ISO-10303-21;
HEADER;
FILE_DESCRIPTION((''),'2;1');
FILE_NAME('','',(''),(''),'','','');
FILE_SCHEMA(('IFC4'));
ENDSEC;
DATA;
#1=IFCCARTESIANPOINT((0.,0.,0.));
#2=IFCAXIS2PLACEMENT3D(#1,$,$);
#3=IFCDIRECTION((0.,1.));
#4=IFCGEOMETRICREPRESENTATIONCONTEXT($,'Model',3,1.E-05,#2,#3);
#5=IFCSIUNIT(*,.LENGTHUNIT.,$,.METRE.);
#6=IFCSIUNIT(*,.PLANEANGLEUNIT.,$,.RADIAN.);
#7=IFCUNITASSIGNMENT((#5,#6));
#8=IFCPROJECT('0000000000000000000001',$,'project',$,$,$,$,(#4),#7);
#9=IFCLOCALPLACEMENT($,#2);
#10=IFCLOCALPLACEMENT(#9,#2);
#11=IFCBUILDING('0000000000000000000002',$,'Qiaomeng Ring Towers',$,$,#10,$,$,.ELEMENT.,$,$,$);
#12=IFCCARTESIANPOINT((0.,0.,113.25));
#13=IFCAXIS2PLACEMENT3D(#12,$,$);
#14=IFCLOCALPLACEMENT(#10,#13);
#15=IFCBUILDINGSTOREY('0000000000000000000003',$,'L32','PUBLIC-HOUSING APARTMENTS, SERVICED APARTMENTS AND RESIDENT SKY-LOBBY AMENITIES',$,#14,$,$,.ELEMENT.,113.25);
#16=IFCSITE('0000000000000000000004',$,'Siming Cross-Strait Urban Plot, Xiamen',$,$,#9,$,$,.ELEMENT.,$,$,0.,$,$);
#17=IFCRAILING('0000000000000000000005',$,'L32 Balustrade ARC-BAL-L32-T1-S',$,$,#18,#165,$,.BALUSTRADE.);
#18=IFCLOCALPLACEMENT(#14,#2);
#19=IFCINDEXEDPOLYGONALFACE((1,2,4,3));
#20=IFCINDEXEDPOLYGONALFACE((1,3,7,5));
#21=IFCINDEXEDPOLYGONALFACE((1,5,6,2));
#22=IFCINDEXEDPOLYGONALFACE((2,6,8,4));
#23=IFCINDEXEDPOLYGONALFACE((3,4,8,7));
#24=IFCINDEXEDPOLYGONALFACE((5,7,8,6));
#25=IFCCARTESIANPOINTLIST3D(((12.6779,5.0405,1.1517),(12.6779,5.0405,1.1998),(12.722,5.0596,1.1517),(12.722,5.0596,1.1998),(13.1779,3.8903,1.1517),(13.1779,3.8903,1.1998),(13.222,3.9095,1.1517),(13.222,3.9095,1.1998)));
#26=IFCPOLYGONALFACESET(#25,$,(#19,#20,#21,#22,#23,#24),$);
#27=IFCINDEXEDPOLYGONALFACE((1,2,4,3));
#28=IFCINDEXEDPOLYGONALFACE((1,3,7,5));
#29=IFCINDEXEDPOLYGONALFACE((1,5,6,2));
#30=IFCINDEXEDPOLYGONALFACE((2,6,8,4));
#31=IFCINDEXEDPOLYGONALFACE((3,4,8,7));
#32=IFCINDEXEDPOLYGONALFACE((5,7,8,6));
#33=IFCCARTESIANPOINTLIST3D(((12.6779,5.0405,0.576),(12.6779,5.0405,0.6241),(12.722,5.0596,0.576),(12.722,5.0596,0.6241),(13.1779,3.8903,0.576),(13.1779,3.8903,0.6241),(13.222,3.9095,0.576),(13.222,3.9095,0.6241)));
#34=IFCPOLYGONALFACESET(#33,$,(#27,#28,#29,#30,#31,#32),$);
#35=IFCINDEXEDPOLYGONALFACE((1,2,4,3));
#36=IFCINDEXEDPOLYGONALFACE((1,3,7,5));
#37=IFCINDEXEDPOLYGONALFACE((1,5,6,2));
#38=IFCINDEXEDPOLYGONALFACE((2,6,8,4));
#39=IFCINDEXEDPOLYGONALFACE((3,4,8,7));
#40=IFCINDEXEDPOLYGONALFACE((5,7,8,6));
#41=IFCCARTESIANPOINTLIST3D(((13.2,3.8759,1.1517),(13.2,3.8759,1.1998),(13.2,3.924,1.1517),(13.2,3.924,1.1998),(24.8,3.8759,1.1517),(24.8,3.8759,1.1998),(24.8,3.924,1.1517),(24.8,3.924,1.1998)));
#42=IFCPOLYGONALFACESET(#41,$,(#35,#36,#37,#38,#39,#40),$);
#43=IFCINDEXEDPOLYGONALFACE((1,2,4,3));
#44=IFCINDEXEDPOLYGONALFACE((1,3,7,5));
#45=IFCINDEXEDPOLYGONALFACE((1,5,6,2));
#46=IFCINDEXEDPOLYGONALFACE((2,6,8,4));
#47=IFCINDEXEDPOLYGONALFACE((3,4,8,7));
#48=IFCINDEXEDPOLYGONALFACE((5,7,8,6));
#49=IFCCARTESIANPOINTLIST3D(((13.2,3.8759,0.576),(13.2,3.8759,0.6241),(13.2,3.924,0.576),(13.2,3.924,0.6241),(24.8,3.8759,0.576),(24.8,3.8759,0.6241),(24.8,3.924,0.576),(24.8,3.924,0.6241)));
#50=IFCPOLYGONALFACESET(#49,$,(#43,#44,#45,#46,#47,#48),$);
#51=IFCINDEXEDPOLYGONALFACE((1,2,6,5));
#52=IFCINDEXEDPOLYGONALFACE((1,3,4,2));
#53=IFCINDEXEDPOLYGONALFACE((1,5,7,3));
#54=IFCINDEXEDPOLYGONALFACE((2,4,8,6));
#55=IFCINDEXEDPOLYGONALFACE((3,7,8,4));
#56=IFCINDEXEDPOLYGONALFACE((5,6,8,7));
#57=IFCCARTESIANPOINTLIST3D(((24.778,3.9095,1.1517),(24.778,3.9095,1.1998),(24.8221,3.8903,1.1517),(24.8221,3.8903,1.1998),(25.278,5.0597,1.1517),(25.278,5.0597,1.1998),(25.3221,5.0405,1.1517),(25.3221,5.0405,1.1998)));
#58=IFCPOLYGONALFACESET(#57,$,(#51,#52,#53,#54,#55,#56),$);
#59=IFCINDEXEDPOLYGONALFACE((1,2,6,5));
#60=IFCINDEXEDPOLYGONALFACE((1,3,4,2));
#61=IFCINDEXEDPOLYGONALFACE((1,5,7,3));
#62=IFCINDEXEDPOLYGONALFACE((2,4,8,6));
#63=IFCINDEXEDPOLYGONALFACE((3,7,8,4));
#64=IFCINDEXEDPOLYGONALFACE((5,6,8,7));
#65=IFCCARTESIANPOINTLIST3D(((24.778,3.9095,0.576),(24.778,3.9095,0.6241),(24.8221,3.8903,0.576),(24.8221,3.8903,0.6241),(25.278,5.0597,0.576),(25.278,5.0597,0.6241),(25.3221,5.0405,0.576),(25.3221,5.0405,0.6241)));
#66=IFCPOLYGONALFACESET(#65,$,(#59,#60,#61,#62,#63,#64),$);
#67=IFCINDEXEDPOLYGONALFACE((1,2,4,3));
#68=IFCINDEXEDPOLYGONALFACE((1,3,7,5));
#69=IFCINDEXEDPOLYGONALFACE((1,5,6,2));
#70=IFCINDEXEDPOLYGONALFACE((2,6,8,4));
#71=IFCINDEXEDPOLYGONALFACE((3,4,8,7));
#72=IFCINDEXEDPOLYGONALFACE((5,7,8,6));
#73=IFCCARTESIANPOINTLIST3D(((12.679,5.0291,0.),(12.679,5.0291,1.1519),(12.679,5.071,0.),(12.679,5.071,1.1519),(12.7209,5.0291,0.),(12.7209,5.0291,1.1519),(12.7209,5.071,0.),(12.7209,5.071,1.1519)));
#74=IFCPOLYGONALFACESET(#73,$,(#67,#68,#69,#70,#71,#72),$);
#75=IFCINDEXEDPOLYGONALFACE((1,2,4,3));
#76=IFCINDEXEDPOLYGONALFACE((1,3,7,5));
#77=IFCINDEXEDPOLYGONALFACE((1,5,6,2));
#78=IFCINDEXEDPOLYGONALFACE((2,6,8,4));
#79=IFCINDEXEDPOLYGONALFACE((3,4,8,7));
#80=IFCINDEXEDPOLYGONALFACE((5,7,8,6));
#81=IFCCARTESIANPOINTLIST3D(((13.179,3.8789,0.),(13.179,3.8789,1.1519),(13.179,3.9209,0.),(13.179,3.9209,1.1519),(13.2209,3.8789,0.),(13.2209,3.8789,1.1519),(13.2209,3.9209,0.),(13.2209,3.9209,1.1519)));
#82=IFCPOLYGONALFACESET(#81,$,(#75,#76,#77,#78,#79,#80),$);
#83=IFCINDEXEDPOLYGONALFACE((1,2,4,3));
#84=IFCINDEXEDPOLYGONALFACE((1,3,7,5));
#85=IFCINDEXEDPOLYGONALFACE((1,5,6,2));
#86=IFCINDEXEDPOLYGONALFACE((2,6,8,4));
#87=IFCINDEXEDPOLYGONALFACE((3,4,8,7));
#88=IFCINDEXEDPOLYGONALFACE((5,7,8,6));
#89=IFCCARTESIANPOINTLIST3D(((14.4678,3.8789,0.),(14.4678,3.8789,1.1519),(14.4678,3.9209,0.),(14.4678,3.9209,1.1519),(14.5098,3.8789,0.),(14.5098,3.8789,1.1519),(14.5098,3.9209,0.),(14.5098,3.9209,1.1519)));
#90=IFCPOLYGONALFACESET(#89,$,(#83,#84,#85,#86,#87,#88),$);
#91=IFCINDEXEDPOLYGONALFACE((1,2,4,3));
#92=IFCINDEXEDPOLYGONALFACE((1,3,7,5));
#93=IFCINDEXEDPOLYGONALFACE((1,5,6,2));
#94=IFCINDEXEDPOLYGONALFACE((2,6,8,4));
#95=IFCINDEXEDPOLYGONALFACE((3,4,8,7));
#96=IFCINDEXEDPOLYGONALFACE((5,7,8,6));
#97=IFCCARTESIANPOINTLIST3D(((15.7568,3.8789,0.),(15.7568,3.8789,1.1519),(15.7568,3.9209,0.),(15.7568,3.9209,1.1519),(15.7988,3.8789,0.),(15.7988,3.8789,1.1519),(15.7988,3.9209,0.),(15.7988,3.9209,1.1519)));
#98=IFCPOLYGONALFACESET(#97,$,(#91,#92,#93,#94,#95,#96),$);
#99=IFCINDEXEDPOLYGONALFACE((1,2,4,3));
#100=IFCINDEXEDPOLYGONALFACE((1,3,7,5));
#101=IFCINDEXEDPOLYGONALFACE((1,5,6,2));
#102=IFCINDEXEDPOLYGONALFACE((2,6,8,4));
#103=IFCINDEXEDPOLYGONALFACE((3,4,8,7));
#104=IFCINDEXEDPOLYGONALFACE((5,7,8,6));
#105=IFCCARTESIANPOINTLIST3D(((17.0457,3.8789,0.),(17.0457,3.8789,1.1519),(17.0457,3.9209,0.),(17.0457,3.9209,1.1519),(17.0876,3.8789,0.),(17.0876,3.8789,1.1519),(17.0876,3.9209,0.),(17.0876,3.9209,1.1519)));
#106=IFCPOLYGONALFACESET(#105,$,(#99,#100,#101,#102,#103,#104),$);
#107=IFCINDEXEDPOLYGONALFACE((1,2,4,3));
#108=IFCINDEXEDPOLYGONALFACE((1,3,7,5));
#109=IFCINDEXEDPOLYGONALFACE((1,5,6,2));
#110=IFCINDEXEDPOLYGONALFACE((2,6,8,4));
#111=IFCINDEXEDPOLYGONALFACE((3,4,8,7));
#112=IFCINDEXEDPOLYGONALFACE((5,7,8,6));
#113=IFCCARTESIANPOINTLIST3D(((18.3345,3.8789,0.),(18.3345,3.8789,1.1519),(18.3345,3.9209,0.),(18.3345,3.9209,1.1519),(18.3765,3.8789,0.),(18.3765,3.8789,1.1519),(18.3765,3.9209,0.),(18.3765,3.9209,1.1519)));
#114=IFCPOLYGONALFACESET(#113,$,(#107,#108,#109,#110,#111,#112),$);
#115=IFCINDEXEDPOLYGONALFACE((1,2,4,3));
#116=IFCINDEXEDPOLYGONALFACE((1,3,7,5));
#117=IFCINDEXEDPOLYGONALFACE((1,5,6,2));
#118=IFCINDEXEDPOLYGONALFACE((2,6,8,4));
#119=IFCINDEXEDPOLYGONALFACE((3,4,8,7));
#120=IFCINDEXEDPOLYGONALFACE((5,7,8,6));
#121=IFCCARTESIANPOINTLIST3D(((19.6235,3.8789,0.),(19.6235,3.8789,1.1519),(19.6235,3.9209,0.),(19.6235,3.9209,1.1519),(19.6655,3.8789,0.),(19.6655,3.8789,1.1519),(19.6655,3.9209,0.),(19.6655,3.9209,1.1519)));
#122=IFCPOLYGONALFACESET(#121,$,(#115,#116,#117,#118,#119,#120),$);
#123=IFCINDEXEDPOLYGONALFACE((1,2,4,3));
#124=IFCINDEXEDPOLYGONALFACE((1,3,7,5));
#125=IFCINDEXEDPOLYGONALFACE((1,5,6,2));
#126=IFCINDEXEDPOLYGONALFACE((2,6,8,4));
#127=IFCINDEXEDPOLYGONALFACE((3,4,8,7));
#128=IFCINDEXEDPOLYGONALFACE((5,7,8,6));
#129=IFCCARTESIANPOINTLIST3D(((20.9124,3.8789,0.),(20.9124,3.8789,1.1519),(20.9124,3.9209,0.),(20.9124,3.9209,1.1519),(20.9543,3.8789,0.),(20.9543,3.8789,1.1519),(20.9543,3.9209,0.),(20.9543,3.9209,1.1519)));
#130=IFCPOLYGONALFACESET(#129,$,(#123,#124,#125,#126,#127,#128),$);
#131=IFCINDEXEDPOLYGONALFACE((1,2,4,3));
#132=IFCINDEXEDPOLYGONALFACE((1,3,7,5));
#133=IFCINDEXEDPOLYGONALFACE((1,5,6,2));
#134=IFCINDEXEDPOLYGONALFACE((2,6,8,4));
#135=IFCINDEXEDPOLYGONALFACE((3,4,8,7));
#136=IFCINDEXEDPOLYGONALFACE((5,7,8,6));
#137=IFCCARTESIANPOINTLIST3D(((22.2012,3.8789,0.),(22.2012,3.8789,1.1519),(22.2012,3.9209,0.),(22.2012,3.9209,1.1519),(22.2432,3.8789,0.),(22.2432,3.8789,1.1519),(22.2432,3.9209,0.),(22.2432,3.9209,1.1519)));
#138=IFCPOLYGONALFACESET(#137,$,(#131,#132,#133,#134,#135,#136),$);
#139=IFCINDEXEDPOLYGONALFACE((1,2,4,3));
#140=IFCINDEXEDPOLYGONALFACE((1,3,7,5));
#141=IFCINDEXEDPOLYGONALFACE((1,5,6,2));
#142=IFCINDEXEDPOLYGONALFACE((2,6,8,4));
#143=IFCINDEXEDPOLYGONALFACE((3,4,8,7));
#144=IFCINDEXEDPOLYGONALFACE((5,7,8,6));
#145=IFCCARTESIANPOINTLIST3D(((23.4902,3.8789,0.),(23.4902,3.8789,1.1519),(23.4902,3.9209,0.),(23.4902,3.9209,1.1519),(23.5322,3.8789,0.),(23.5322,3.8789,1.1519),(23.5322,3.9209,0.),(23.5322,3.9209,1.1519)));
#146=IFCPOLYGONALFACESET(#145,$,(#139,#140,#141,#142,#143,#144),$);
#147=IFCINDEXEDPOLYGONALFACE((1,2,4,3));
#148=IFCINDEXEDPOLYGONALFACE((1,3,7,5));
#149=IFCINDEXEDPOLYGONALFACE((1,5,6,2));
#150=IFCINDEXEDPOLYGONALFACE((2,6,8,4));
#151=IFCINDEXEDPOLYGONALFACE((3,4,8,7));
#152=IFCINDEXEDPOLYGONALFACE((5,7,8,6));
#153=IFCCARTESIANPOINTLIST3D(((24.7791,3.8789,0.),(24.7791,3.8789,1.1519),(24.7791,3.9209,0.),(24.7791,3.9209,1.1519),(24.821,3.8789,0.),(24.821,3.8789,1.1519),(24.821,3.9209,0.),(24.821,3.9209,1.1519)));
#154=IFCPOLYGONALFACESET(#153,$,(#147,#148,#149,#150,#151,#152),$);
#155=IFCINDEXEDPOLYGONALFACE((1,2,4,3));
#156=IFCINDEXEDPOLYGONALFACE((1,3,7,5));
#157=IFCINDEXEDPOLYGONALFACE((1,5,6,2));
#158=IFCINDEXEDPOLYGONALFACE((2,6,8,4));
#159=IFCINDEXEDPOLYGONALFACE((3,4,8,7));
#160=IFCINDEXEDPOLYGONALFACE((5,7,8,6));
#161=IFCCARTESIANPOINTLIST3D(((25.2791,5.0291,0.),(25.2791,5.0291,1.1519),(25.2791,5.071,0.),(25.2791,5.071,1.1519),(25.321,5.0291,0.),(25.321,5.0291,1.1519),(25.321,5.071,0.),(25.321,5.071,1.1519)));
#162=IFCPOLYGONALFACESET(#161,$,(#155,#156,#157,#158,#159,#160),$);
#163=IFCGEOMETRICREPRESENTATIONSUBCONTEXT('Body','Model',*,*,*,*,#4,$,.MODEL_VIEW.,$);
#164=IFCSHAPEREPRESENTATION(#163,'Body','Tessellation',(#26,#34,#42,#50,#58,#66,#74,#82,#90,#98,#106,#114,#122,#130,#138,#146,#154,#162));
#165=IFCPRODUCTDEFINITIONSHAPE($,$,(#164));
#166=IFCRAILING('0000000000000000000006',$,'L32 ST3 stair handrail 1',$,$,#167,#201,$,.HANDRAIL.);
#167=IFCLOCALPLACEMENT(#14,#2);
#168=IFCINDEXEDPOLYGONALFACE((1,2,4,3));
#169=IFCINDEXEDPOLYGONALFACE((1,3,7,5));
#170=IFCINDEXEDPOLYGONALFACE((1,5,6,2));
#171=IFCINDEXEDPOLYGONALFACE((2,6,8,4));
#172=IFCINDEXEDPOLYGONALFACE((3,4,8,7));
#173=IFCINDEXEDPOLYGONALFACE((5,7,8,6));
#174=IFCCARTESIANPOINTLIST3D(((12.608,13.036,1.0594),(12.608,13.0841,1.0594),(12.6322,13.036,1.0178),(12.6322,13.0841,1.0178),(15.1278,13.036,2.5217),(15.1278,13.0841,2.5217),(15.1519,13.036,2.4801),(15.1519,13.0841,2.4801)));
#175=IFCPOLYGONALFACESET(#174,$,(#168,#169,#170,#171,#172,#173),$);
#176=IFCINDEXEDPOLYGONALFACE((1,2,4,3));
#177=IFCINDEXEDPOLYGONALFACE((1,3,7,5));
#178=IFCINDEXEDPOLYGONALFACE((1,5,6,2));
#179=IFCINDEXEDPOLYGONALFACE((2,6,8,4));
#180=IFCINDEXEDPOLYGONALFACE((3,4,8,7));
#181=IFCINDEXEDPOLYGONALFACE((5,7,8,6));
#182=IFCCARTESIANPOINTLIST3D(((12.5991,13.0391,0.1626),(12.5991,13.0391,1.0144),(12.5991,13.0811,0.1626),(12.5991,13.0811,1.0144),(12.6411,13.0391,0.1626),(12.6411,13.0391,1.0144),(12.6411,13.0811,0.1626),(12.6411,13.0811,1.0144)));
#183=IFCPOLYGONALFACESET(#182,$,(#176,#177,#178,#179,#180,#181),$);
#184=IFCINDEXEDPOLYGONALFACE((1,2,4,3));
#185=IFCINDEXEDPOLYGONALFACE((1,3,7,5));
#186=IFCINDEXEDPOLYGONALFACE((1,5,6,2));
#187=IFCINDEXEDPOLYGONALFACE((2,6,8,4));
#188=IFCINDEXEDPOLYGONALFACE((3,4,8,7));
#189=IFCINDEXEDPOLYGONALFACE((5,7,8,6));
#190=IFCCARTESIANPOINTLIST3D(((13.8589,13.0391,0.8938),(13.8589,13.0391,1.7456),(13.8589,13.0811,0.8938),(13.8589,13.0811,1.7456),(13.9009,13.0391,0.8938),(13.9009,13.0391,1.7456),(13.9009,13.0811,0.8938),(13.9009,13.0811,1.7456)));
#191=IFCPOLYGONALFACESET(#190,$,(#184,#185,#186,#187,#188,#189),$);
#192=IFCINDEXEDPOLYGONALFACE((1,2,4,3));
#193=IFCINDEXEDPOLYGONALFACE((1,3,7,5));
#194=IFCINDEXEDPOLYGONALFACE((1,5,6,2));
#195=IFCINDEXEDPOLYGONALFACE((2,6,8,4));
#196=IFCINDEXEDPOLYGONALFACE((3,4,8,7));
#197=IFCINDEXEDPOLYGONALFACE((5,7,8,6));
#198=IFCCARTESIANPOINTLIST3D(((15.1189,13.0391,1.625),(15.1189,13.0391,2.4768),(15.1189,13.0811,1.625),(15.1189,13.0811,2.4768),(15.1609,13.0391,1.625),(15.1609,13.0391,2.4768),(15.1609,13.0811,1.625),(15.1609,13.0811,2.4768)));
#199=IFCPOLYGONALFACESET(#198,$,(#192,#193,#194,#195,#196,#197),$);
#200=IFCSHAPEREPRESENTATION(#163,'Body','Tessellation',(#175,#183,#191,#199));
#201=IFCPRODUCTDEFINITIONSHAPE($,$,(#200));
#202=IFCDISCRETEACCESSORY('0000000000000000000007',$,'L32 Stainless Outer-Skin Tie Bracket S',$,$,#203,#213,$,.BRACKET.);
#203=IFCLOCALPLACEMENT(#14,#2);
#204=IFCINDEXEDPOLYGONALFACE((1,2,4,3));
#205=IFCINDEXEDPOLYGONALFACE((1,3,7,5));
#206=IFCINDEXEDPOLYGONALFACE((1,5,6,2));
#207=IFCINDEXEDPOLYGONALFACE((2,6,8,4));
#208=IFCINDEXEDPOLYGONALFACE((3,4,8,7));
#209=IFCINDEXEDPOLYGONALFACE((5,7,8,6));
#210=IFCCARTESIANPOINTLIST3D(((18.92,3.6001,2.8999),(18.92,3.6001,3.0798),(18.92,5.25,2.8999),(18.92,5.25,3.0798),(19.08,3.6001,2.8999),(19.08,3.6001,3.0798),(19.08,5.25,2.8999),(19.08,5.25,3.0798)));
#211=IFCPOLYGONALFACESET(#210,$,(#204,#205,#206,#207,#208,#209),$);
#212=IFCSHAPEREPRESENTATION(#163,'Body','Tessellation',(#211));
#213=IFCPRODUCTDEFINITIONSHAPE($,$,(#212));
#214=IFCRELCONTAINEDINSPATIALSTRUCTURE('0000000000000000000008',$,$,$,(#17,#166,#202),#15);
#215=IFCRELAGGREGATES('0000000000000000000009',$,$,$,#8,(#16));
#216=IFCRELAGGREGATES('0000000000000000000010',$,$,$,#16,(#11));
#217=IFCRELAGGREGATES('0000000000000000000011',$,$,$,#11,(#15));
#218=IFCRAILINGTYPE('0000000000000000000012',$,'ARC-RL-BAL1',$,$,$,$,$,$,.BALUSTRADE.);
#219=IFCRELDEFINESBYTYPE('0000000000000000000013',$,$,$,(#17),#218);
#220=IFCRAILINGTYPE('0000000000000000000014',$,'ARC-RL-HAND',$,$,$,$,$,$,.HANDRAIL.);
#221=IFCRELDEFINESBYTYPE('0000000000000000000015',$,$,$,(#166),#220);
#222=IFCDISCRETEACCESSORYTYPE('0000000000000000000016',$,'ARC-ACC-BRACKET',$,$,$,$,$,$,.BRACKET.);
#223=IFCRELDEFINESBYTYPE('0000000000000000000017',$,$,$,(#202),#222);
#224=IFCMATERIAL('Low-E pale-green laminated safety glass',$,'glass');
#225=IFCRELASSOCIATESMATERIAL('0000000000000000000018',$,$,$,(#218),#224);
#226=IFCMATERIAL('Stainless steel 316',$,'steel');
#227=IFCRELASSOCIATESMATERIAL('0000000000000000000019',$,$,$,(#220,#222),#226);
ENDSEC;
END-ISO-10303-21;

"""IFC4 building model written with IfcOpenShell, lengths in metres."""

from ifc_helpers import new_model, si_unit, direction, frame, origin, origin_2d, place, context, subcontext, project, spatial, rectangle, extrude, source, transform, mapped, material, type_object, element, save


model = new_model("IFC4")

# Units and contexts
model_context = context("Model", 3, precision=1e-05, world=origin(), true_north=direction((0.0, 1.0)))
body_context = subcontext(model_context, "Body", "Model", "MODEL_VIEW")
ifc_project = project(units=[si_unit("LENGTHUNIT", "METRE"), si_unit("PLANEANGLEUNIT", "RADIAN")], contexts=[model_context])

# Site, building, storey
site_placement = place(None, origin())
site = spatial("IfcSite", under=ifc_project, at=site_placement, Name="Siming Cross-Strait Urban Plot, Xiamen", CompositionType="ELEMENT", RefElevation=0.0)
building_placement = place(site_placement, origin())
building = spatial("IfcBuilding", under=site, at=building_placement, Name="Qiaomeng Ring Towers", CompositionType="ELEMENT")
storey_placement = place(building_placement, frame((0.0, 0.0, 113.25)))
storey = spatial("IfcBuildingStorey", under=building, at=storey_placement, Name="L32", Description="PUBLIC-HOUSING APARTMENTS, SERVICED APARTMENTS AND RESIDENT SKY-LOBBY AMENITIES", CompositionType="ELEMENT", Elevation=113.25)

# Railings
ifc_material_1 = material(Name="Low-E pale-green laminated safety glass", Category="glass")
railing_type_1 = type_object("IfcRailingType", Name="ARC-RL-BAL1", PredefinedType="BALUSTRADE", material=ifc_material_1)
railing_1_placement = place(storey_placement, frame((12.7, 5.05, 0.0)))
element("IfcRailing", 1, at=railing_1_placement, inside=storey, type_object=railing_type_1, Name="L32 Balustrade ARC-BAL-L32-T1-S", PredefinedType="BALUSTRADE", context=body_context, shape_type="SweptSolid", body=[
    extrude(rectangle(XDim=0.0481, YDim=0.0481, at=origin_2d()), frame((0.0, 0.0, 1.1758), z_axis=(0.398683, -0.917089, 0.0), x_axis=(0.917089, 0.398683, 0.0)), (0.0, 0.0, 1.0), 1.2542),
    extrude(rectangle(XDim=0.0481, YDim=0.0481, at=origin_2d()), frame((0.0, 0.0, 0.6001), z_axis=(0.398683, -0.917089, 0.0), x_axis=(0.917089, 0.398683, 0.0)), (0.0, 0.0, 1.0), 1.2542),
    extrude(rectangle(XDim=0.0481, YDim=0.0481, at=origin_2d()), frame((0.5, -1.1501, 1.1758), z_axis=(1.0, 0.0, 0.0), x_axis=(0.0, 1.0, 0.0)), (0.0, 0.0, 1.0), 11.6001),
    extrude(rectangle(XDim=0.0481, YDim=0.0481, at=origin_2d()), frame((0.5, -1.1501, 0.6001), z_axis=(1.0, 0.0, 0.0), x_axis=(0.0, 1.0, 0.0)), (0.0, 0.0, 1.0), 11.6001),
    extrude(rectangle(XDim=0.0481, YDim=0.0481, at=origin_2d()), frame((12.1001, -1.1501, 1.1758), z_axis=(0.398683, 0.917089, 0.0), x_axis=(-0.917089, 0.398683, 0.0)), (0.0, 0.0, 1.0), 1.2542),
    extrude(rectangle(XDim=0.0481, YDim=0.0481, at=origin_2d()), frame((12.1001, -1.1501, 0.6001), z_axis=(0.398683, 0.917089, 0.0), x_axis=(-0.917089, 0.398683, 0.0)), (0.0, 0.0, 1.0), 1.2542),
    extrude(rectangle(XDim=0.042, YDim=0.042, at=origin_2d()), origin(), (0.0, 0.0, 1.0), 1.1519),
    extrude(rectangle(XDim=0.042, YDim=0.042, at=origin_2d()), frame((0.5, -1.1501, 0.0)), (0.0, 0.0, 1.0), 1.1519),
    extrude(rectangle(XDim=0.042, YDim=0.042, at=origin_2d()), frame((1.7888, -1.1501, 0.0)), (0.0, 0.0, 1.0), 1.1519),
    extrude(rectangle(XDim=0.042, YDim=0.042, at=origin_2d()), frame((3.0779, -1.1501, 0.0)), (0.0, 0.0, 1.0), 1.1519),
    extrude(rectangle(XDim=0.042, YDim=0.042, at=origin_2d()), frame((4.3667, -1.1501, 0.0)), (0.0, 0.0, 1.0), 1.1519),
    extrude(rectangle(XDim=0.042, YDim=0.042, at=origin_2d()), frame((5.6555, -1.1501, 0.0)), (0.0, 0.0, 1.0), 1.1519),
    extrude(rectangle(XDim=0.042, YDim=0.042, at=origin_2d()), frame((6.9446, -1.1501, 0.0)), (0.0, 0.0, 1.0), 1.1519),
    extrude(rectangle(XDim=0.042, YDim=0.042, at=origin_2d()), frame((8.2334, -1.1501, 0.0)), (0.0, 0.0, 1.0), 1.1519),
    extrude(rectangle(XDim=0.042, YDim=0.042, at=origin_2d()), frame((9.5222, -1.1501, 0.0)), (0.0, 0.0, 1.0), 1.1519),
    extrude(rectangle(XDim=0.042, YDim=0.042, at=origin_2d()), frame((10.8113, -1.1501, 0.0)), (0.0, 0.0, 1.0), 1.1519),
    extrude(rectangle(XDim=0.042, YDim=0.042, at=origin_2d()), frame((12.1001, -1.1501, 0.0)), (0.0, 0.0, 1.0), 1.1519),
    extrude(rectangle(XDim=0.042, YDim=0.042, at=origin_2d()), frame((12.6001, 0.0, 0.0)), (0.0, 0.0, 1.0), 1.1519),
])
ifc_material_2 = material(Name="Stainless steel 316", Category="steel")
railing_type_2 = type_object("IfcRailingType", Name="ARC-RL-HAND", PredefinedType="HANDRAIL", material=ifc_material_2)
railing_2_placement = place(storey_placement, frame((12.6201, 13.0601, 0.1626)))
element("IfcRailing", 2, at=railing_2_placement, inside=storey, type_object=railing_type_2, Name="L32 ST3 stair handrail 1", PredefinedType="HANDRAIL", context=body_context, shape_type="SweptSolid", body=[
    extrude(rectangle(XDim=0.0481, YDim=0.0481, at=origin_2d()), frame((0.0, 0.0, 0.876), z_axis=(0.864892, 0.0, 0.501958), x_axis=(0.0, 1.0, 0.0)), (0.0, 0.0, 1.0), 2.9133),
    extrude(rectangle(XDim=0.042, YDim=0.042, at=origin_2d()), origin(), (0.0, 0.0, 1.0), 0.8518),
    extrude(rectangle(XDim=0.042, YDim=0.042, at=origin_2d()), frame((1.2598, 0.0, 0.7312)), (0.0, 0.0, 1.0), 0.8518),
    extrude(rectangle(XDim=0.042, YDim=0.042, at=origin_2d()), frame((2.5198, 0.0, 1.4624)), (0.0, 0.0, 1.0), 0.8518),
])

# Discrete accessory
discrete_accessory_type = type_object("IfcDiscreteAccessoryType", Name="ARC-ACC-BRACKET", PredefinedType="BRACKET", material=ifc_material_2)
shared_shape_1 = source(origin(), body_context, "Body", "SweptSolid", [
    extrude(rectangle(XDim=0.1599, YDim=1.6499, at=origin_2d()), origin(), (0.0, 0.0, 1.0), 0.1799),
])
discrete_accessory_placement = place(storey_placement, frame((19.0, 4.425, 2.8999), z_axis=(0.0, 0.0, 1.0), x_axis=(1.0, 0.0, 0.0)))
element("IfcDiscreteAccessory", 3, at=discrete_accessory_placement, inside=storey, type_object=discrete_accessory_type, Name="L32 Stainless Outer-Skin Tie Bracket S", PredefinedType="BRACKET", context=body_context, shape_type="MappedRepresentation", body=[
    mapped(shared_shape_1, transform((0.0, 0.0, 0.0), x_axis=(1.0, 0.0, 0.0), y_axis=(0.0, 1.0, 0.0), z_axis=(0.0, 0.0, 1.0), scale=1.0)),
])

save(model, "model.ifc")
